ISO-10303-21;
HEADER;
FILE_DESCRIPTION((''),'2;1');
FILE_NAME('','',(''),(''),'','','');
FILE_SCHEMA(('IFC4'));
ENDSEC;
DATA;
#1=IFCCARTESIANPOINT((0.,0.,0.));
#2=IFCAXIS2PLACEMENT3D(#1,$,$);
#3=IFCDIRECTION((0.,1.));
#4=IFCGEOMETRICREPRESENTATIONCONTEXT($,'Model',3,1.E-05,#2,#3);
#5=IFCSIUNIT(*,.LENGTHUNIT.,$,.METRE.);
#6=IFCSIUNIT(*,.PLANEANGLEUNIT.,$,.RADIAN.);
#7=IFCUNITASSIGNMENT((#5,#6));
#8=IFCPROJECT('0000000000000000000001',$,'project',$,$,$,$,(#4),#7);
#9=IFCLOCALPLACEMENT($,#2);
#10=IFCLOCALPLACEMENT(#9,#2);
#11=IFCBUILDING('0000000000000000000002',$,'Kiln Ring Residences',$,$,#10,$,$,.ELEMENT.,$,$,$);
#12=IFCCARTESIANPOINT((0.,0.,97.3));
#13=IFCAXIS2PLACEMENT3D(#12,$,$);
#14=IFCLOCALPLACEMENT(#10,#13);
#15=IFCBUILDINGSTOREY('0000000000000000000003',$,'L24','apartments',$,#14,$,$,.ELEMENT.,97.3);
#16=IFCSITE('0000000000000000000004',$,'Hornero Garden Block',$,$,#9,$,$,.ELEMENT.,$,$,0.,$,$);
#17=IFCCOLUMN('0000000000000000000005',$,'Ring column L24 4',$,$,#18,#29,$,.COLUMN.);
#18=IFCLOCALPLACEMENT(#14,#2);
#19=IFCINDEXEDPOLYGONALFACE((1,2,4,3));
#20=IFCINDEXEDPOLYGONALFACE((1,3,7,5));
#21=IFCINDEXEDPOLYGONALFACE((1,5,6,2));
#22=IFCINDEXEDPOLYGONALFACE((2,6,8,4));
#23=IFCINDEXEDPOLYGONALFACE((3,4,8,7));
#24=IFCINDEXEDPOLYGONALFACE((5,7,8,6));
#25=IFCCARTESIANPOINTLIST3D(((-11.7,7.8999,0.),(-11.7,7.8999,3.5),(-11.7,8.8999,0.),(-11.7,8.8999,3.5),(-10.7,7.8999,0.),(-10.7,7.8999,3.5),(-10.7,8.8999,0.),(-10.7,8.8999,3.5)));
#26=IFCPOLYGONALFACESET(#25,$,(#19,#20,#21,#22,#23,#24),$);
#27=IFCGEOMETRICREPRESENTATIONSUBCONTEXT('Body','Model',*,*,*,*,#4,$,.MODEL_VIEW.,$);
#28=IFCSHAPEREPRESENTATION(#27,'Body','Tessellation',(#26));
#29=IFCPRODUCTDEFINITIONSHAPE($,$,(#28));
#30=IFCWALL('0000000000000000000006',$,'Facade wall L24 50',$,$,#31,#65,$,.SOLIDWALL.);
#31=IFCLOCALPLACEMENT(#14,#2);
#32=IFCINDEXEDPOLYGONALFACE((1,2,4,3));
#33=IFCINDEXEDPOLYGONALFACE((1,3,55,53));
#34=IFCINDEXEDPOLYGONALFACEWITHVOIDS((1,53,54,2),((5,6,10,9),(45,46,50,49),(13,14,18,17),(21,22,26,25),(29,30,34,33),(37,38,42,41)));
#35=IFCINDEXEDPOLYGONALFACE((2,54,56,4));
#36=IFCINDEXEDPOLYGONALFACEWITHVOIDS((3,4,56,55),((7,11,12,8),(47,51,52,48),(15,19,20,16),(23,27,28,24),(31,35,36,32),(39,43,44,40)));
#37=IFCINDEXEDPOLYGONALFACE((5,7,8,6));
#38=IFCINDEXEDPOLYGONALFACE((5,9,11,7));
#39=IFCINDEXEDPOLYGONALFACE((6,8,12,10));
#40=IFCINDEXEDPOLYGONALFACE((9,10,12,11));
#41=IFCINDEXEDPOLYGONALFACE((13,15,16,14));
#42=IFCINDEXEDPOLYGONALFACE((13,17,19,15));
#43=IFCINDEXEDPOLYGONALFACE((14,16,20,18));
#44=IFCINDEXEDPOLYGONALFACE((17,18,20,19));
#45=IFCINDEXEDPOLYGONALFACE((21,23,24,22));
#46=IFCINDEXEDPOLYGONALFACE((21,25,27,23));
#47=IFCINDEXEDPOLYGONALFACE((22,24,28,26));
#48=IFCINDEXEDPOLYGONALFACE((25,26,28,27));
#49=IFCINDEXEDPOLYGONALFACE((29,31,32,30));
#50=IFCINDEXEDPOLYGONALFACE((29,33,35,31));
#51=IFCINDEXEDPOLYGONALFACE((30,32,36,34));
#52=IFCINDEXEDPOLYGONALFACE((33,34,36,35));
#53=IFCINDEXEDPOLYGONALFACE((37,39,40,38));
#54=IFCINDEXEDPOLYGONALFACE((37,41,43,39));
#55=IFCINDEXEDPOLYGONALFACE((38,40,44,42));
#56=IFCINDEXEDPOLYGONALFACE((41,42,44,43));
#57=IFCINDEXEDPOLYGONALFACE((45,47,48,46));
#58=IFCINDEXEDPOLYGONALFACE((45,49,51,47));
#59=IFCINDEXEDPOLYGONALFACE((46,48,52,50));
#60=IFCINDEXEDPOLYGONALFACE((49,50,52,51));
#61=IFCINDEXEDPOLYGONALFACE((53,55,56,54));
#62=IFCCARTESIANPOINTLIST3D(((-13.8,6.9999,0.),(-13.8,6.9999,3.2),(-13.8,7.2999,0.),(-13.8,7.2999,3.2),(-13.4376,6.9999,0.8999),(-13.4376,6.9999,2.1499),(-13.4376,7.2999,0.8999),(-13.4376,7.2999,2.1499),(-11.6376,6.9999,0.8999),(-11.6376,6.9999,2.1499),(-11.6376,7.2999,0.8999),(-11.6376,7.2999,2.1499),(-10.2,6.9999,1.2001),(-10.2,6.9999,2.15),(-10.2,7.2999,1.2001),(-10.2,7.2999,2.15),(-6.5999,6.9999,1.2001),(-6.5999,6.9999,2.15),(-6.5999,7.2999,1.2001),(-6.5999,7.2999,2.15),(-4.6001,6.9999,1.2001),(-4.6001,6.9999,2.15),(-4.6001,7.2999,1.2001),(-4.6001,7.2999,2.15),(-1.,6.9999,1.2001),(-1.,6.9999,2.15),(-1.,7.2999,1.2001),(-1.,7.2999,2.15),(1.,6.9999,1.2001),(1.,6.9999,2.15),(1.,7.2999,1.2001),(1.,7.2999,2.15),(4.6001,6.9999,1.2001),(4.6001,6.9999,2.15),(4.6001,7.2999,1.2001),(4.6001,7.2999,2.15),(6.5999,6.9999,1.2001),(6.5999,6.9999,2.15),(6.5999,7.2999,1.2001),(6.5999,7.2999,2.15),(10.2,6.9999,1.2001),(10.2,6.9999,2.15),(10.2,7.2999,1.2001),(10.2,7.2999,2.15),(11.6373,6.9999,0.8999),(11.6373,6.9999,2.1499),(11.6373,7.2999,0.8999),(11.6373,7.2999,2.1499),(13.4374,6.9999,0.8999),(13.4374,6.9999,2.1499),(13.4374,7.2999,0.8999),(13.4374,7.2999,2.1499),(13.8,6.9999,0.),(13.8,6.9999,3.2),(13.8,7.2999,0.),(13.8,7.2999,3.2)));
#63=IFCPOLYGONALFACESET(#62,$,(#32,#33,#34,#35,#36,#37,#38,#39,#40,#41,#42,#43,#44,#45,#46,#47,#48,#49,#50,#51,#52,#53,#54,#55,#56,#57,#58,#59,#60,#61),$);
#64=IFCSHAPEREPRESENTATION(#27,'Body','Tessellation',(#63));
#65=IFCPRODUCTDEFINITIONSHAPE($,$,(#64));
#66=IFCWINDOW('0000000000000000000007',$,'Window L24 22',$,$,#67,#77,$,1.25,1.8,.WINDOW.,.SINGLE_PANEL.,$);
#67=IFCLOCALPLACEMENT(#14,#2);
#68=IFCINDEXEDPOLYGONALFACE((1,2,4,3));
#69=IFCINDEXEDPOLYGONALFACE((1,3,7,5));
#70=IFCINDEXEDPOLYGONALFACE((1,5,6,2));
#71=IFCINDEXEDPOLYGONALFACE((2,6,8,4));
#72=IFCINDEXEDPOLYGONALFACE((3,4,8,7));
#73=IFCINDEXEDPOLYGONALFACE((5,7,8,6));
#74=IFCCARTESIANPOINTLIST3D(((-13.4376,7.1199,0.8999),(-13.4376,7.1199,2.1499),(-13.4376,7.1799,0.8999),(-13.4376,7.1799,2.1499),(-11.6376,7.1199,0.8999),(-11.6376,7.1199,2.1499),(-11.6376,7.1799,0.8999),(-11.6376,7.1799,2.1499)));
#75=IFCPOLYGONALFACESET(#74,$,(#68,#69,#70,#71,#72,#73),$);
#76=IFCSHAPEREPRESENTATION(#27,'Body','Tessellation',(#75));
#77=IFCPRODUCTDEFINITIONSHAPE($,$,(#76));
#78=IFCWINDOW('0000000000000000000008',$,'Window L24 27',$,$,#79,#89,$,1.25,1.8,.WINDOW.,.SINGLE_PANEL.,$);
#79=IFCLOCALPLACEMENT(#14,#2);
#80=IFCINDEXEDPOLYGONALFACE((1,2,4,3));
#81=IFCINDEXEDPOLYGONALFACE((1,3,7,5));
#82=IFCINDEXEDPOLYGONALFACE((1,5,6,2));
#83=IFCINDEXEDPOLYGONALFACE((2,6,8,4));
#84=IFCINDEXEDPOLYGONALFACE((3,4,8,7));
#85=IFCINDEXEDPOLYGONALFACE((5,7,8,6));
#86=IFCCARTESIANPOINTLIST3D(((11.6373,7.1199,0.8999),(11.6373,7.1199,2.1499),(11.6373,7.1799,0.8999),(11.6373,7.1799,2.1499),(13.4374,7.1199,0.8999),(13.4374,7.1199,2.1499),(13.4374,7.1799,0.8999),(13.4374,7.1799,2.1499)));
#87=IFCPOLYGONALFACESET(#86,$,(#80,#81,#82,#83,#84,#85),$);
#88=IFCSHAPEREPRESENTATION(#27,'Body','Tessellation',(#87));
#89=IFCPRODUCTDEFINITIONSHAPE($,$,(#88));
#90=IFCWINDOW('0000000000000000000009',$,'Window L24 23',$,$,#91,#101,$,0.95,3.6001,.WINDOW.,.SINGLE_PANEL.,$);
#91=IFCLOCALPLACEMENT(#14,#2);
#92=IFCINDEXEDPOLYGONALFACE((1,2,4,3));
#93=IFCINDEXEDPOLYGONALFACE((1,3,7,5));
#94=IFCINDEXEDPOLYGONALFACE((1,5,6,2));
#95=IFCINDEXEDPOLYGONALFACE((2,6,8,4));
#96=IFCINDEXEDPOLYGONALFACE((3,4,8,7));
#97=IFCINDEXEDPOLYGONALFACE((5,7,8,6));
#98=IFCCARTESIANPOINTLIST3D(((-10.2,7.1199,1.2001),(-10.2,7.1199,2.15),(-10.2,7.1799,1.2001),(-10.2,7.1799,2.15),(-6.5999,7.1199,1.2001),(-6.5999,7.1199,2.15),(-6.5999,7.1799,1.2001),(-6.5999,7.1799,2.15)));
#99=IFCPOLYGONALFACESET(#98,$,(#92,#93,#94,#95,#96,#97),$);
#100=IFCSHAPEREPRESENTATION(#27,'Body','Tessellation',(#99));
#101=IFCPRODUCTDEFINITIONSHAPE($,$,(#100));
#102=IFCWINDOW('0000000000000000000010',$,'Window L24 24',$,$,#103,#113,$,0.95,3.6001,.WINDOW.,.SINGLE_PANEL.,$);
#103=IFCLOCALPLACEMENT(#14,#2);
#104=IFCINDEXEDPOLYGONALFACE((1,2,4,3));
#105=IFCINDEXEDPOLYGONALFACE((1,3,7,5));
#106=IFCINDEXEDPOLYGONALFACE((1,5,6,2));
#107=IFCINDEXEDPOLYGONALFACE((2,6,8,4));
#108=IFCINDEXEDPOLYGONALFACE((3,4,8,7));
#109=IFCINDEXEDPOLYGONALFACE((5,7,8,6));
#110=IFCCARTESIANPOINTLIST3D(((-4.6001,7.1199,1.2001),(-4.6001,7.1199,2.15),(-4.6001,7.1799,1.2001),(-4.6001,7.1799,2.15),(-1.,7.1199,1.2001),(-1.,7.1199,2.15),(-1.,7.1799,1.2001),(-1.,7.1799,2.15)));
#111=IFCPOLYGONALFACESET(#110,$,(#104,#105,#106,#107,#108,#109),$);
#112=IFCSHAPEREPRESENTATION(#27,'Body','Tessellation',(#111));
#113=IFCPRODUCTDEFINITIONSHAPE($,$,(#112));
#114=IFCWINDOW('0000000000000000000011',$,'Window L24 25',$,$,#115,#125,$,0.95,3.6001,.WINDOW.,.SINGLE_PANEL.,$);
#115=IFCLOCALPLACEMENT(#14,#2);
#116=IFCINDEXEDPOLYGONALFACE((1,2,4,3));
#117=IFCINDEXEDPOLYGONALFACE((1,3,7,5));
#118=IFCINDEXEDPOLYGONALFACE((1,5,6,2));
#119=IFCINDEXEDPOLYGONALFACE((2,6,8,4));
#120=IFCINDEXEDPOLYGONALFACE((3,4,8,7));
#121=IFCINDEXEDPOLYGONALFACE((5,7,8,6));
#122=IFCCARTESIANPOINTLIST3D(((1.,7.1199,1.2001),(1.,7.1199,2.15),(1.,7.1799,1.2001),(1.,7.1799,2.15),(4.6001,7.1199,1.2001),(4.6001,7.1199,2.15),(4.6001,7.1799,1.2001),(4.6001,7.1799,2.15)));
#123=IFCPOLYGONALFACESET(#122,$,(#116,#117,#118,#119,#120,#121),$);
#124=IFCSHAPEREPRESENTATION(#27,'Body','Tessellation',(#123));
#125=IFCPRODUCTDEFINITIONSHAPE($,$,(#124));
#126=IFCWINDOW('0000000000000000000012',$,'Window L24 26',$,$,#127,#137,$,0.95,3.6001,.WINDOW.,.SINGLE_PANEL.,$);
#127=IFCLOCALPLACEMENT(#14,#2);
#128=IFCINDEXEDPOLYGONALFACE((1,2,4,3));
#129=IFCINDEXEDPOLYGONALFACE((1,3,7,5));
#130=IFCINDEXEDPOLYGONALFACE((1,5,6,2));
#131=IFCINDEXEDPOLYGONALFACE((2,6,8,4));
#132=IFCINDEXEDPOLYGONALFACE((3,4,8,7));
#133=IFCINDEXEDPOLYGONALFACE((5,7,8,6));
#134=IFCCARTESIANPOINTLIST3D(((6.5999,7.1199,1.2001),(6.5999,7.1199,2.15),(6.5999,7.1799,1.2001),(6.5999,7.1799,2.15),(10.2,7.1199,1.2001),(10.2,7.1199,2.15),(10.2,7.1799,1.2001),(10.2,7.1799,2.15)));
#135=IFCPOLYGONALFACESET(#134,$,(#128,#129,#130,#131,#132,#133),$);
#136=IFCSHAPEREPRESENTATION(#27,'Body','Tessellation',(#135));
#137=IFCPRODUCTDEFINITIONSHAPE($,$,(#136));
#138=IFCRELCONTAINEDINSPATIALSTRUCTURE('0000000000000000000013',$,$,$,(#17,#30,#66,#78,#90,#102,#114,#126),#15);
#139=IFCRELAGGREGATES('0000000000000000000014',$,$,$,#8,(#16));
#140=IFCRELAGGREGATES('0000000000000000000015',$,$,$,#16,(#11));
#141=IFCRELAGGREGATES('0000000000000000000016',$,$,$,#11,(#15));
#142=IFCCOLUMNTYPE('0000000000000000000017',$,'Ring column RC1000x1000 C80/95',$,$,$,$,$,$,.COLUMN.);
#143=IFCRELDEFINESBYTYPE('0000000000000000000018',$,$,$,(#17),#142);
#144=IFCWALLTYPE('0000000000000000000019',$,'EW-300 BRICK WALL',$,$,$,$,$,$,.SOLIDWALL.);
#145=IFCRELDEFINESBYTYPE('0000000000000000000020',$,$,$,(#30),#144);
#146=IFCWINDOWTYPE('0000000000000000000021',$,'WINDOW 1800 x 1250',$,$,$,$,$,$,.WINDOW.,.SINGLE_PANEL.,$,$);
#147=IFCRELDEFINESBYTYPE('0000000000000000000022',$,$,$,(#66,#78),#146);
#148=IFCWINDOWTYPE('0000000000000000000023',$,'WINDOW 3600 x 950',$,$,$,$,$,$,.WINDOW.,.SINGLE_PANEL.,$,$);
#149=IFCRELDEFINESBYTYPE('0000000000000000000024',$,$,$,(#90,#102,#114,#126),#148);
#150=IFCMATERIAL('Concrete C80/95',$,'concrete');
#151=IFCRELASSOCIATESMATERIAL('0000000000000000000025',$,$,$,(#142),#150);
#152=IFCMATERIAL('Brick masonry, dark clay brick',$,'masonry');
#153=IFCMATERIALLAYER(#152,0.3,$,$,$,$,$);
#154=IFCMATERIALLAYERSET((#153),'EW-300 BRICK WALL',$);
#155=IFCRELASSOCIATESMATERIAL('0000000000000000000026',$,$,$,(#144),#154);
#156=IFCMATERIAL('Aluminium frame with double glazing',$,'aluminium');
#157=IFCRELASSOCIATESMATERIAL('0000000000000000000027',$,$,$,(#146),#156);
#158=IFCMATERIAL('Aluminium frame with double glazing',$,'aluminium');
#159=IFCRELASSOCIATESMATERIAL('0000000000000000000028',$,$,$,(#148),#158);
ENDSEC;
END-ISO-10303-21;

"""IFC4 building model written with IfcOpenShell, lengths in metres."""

from ifc_helpers import new_model, si_unit, direction, frame, frame_2d, origin, origin_2d, place, context, subcontext, project, spatial, rectangle, extrude, material, layer, layer_set, material_profile, profile_set, type_object, element, fill, save


model = new_model("IFC4")

# Units and contexts
model_context = context("Model", 3, precision=1e-05, world=origin(), true_north=direction((0.0, 1.0)))
body_context = subcontext(model_context, "Body", "Model", "MODEL_VIEW")
ifc_project = project(units=[si_unit("LENGTHUNIT", "METRE"), si_unit("PLANEANGLEUNIT", "RADIAN")], contexts=[model_context])

# Site, building, storey
site_placement = place(None, origin())
site = spatial("IfcSite", under=ifc_project, at=site_placement, Name="Hornero Garden Block", CompositionType="ELEMENT", RefElevation=0.0)
building_placement = place(site_placement, origin())
building = spatial("IfcBuilding", under=site, at=building_placement, Name="Kiln Ring Residences", CompositionType="ELEMENT")
storey_placement = place(building_placement, frame((0.0, 0.0, 97.3)))
storey = spatial("IfcBuildingStorey", under=building, at=storey_placement, Name="L24", Description="apartments", CompositionType="ELEMENT", Elevation=97.3)

# Column
ifc_material_1 = material(Name="Concrete C80/95", Category="concrete")
ifc_material_profile = material_profile(ifc_material_1, rectangle(XDim=1.0, YDim=1.0, at=origin_2d()), Name="RC1000x1000")
ifc_profile_set = profile_set([ifc_material_profile], Name="Concrete C80/95")
column_type = type_object("IfcColumnType", Name="Ring column RC1000x1000 C80/95", PredefinedType="COLUMN", material=ifc_profile_set)
column_placement = place(storey_placement, frame((-11.2, 8.3999, 0.0), z_axis=(0.0, 0.0, 1.0), x_axis=(1.0, 0.0, 0.0)))
element("IfcColumn", 1, at=column_placement, inside=storey, type_object=column_type, Name="Ring column L24 4", PredefinedType="COLUMN", context=body_context, shape_type="SweptSolid", body=[
    extrude(rectangle(XDim=1.0, YDim=1.0, at=origin_2d()), origin(), (0.0, 0.0, 1.0), 3.5),
])

# Wall, openings, windows
ifc_material_2 = material(Name="Brick masonry, dark clay brick", Category="masonry")
ifc_layer_1 = layer(ifc_material_2, 0.3)
ifc_layer_set_1 = layer_set([ifc_layer_1], Name="EW-300 BRICK WALL")
wall_type_1 = type_object("IfcWallType", Name="EW-300 BRICK WALL", PredefinedType="SOLIDWALL", material=ifc_layer_set_1)
wall_1_placement = place(storey_placement, frame((-13.8, 7.1499, 0.0), z_axis=(0.0, 0.0, 1.0), x_axis=(1.0, 0.0, 0.0)))
wall_1 = element("IfcWall", 2, at=wall_1_placement, inside=storey, type_object=wall_type_1, Name="Facade wall L24 50", PredefinedType="SOLIDWALL", context=body_context, shape_type="SweptSolid", body=[
    extrude(rectangle(XDim=27.6001, YDim=0.3, at=frame_2d((13.8, 0.0))), origin(), (0.0, 0.0, 1.0), 3.2),
])
opening_1_placement = place(wall_1_placement, frame((0.3625, 0.0, 0.8999)))
opening_1 = element("IfcOpeningElement", 3, at=opening_1_placement, cuts=wall_1, PredefinedType="OPENING", context=body_context, shape_type="SweptSolid", body=[
    extrude(rectangle(XDim=1.8, YDim=1.25, at=frame_2d((0.8999, 0.625))), frame((0.0, 0.1599, 0.0), z_axis=(0.0, -1.0, 0.0), x_axis=(1.0, 0.0, 0.0)), (0.0, 0.0, 1.0), 0.3201),
])
opening_2_placement = place(wall_1_placement, frame((3.6001, 0.0, 1.2)))
opening_2 = element("IfcOpeningElement", 4, at=opening_2_placement, cuts=wall_1, PredefinedType="OPENING", context=body_context, shape_type="SweptSolid", body=[
    extrude(rectangle(XDim=3.6001, YDim=0.95, at=frame_2d((1.8, 0.4751))), frame((0.0, 0.1599, 0.0), z_axis=(0.0, -1.0, 0.0), x_axis=(1.0, 0.0, 0.0)), (0.0, 0.0, 1.0), 0.3201),
])
opening_3_placement = place(wall_1_placement, frame((9.2, 0.0, 1.2)))
opening_3 = element("IfcOpeningElement", 5, at=opening_3_placement, cuts=wall_1, PredefinedType="OPENING", context=body_context, shape_type="SweptSolid", body=[
    extrude(rectangle(XDim=3.6001, YDim=0.95, at=frame_2d((1.8, 0.4751))), frame((0.0, 0.1599, 0.0), z_axis=(0.0, -1.0, 0.0), x_axis=(1.0, 0.0, 0.0)), (0.0, 0.0, 1.0), 0.3201),
])
opening_4_placement = place(wall_1_placement, frame((14.8, 0.0, 1.2)))
opening_4 = element("IfcOpeningElement", 6, at=opening_4_placement, cuts=wall_1, PredefinedType="OPENING", context=body_context, shape_type="SweptSolid", body=[
    extrude(rectangle(XDim=3.6001, YDim=0.95, at=frame_2d((1.8, 0.4751))), frame((0.0, 0.1599, 0.0), z_axis=(0.0, -1.0, 0.0), x_axis=(1.0, 0.0, 0.0)), (0.0, 0.0, 1.0), 0.3201),
])
opening_5_placement = place(wall_1_placement, frame((20.3999, 0.0, 1.2)))
opening_5 = element("IfcOpeningElement", 7, at=opening_5_placement, cuts=wall_1, PredefinedType="OPENING", context=body_context, shape_type="SweptSolid", body=[
    extrude(rectangle(XDim=3.6001, YDim=0.95, at=frame_2d((1.8, 0.4751))), frame((0.0, 0.1599, 0.0), z_axis=(0.0, -1.0, 0.0), x_axis=(1.0, 0.0, 0.0)), (0.0, 0.0, 1.0), 0.3201),
])
opening_6_placement = place(wall_1_placement, frame((25.4375, 0.0, 0.8999)))
opening_6 = element("IfcOpeningElement", 8, at=opening_6_placement, cuts=wall_1, PredefinedType="OPENING", context=body_context, shape_type="SweptSolid", body=[
    extrude(rectangle(XDim=1.8, YDim=1.25, at=frame_2d((0.8999, 0.625))), frame((0.0, 0.1599, 0.0), z_axis=(0.0, -1.0, 0.0), x_axis=(1.0, 0.0, 0.0)), (0.0, 0.0, 1.0), 0.3201),
])
ifc_material_3 = material(Name="Aluminium frame with double glazing", Category="aluminium")
window_type_1 = type_object("IfcWindowType", Name="WINDOW 1800 x 1250", PartitioningType="SINGLE_PANEL", PredefinedType="WINDOW", material=ifc_material_3)
window_1_placement = place(opening_1_placement, origin())
window_1 = element("IfcWindow", 9, at=window_1_placement, inside=storey, type_object=window_type_1, Name="Window L24 22", OverallHeight=1.25, OverallWidth=1.8, PartitioningType="SINGLE_PANEL", PredefinedType="WINDOW", context=body_context, shape_type="SweptSolid", body=[
    extrude(rectangle(XDim=1.8, YDim=1.25, at=frame_2d((0.8999, 0.625))), frame((0.0, 0.03, 0.0), z_axis=(0.0, -1.0, 0.0), x_axis=(1.0, 0.0, 0.0)), (0.0, 0.0, 1.0), 0.0601),
])
fill(opening_1, window_1)
window_2_placement = place(opening_6_placement, origin())
window_2 = element("IfcWindow", 10, at=window_2_placement, inside=storey, type_object=window_type_1, Name="Window L24 27", OverallHeight=1.25, OverallWidth=1.8, PartitioningType="SINGLE_PANEL", PredefinedType="WINDOW", context=body_context, shape_type="SweptSolid", body=[
    extrude(rectangle(XDim=1.8, YDim=1.25, at=frame_2d((0.8999, 0.625))), frame((0.0, 0.03, 0.0), z_axis=(0.0, -1.0, 0.0), x_axis=(1.0, 0.0, 0.0)), (0.0, 0.0, 1.0), 0.0601),
])
fill(opening_6, window_2)
ifc_material_4 = material(Name="Aluminium frame with double glazing", Category="aluminium")
window_type_2 = type_object("IfcWindowType", Name="WINDOW 3600 x 950", PartitioningType="SINGLE_PANEL", PredefinedType="WINDOW", material=ifc_material_4)
window_3_placement = place(opening_2_placement, origin())
window_3 = element("IfcWindow", 11, at=window_3_placement, inside=storey, type_object=window_type_2, Name="Window L24 23", OverallHeight=0.95, OverallWidth=3.6001, PartitioningType="SINGLE_PANEL", PredefinedType="WINDOW", context=body_context, shape_type="SweptSolid", body=[
    extrude(rectangle(XDim=3.6001, YDim=0.95, at=frame_2d((1.8, 0.4751))), frame((0.0, 0.03, 0.0), z_axis=(0.0, -1.0, 0.0), x_axis=(1.0, 0.0, 0.0)), (0.0, 0.0, 1.0), 0.0601),
])
fill(opening_2, window_3)
window_4_placement = place(opening_3_placement, origin())
window_4 = element("IfcWindow", 12, at=window_4_placement, inside=storey, type_object=window_type_2, Name="Window L24 24", OverallHeight=0.95, OverallWidth=3.6001, PartitioningType="SINGLE_PANEL", PredefinedType="WINDOW", context=body_context, shape_type="SweptSolid", body=[
    extrude(rectangle(XDim=3.6001, YDim=0.95, at=frame_2d((1.8, 0.4751))), frame((0.0, 0.03, 0.0), z_axis=(0.0, -1.0, 0.0), x_axis=(1.0, 0.0, 0.0)), (0.0, 0.0, 1.0), 0.0601),
])
fill(opening_3, window_4)
window_5_placement = place(opening_4_placement, origin())
window_5 = element("IfcWindow", 13, at=window_5_placement, inside=storey, type_object=window_type_2, Name="Window L24 25", OverallHeight=0.95, OverallWidth=3.6001, PartitioningType="SINGLE_PANEL", PredefinedType="WINDOW", context=body_context, shape_type="SweptSolid", body=[
    extrude(rectangle(XDim=3.6001, YDim=0.95, at=frame_2d((1.8, 0.4751))), frame((0.0, 0.03, 0.0), z_axis=(0.0, -1.0, 0.0), x_axis=(1.0, 0.0, 0.0)), (0.0, 0.0, 1.0), 0.0601),
])
fill(opening_4, window_5)
window_6_placement = place(opening_5_placement, origin())
window_6 = element("IfcWindow", 14, at=window_6_placement, inside=storey, type_object=window_type_2, Name="Window L24 26", OverallHeight=0.95, OverallWidth=3.6001, PartitioningType="SINGLE_PANEL", PredefinedType="WINDOW", context=body_context, shape_type="SweptSolid", body=[
    extrude(rectangle(XDim=3.6001, YDim=0.95, at=frame_2d((1.8, 0.4751))), frame((0.0, 0.03, 0.0), z_axis=(0.0, -1.0, 0.0), x_axis=(1.0, 0.0, 0.0)), (0.0, 0.0, 1.0), 0.0601),
])
fill(opening_5, window_6)

save(model, "model.ifc")
